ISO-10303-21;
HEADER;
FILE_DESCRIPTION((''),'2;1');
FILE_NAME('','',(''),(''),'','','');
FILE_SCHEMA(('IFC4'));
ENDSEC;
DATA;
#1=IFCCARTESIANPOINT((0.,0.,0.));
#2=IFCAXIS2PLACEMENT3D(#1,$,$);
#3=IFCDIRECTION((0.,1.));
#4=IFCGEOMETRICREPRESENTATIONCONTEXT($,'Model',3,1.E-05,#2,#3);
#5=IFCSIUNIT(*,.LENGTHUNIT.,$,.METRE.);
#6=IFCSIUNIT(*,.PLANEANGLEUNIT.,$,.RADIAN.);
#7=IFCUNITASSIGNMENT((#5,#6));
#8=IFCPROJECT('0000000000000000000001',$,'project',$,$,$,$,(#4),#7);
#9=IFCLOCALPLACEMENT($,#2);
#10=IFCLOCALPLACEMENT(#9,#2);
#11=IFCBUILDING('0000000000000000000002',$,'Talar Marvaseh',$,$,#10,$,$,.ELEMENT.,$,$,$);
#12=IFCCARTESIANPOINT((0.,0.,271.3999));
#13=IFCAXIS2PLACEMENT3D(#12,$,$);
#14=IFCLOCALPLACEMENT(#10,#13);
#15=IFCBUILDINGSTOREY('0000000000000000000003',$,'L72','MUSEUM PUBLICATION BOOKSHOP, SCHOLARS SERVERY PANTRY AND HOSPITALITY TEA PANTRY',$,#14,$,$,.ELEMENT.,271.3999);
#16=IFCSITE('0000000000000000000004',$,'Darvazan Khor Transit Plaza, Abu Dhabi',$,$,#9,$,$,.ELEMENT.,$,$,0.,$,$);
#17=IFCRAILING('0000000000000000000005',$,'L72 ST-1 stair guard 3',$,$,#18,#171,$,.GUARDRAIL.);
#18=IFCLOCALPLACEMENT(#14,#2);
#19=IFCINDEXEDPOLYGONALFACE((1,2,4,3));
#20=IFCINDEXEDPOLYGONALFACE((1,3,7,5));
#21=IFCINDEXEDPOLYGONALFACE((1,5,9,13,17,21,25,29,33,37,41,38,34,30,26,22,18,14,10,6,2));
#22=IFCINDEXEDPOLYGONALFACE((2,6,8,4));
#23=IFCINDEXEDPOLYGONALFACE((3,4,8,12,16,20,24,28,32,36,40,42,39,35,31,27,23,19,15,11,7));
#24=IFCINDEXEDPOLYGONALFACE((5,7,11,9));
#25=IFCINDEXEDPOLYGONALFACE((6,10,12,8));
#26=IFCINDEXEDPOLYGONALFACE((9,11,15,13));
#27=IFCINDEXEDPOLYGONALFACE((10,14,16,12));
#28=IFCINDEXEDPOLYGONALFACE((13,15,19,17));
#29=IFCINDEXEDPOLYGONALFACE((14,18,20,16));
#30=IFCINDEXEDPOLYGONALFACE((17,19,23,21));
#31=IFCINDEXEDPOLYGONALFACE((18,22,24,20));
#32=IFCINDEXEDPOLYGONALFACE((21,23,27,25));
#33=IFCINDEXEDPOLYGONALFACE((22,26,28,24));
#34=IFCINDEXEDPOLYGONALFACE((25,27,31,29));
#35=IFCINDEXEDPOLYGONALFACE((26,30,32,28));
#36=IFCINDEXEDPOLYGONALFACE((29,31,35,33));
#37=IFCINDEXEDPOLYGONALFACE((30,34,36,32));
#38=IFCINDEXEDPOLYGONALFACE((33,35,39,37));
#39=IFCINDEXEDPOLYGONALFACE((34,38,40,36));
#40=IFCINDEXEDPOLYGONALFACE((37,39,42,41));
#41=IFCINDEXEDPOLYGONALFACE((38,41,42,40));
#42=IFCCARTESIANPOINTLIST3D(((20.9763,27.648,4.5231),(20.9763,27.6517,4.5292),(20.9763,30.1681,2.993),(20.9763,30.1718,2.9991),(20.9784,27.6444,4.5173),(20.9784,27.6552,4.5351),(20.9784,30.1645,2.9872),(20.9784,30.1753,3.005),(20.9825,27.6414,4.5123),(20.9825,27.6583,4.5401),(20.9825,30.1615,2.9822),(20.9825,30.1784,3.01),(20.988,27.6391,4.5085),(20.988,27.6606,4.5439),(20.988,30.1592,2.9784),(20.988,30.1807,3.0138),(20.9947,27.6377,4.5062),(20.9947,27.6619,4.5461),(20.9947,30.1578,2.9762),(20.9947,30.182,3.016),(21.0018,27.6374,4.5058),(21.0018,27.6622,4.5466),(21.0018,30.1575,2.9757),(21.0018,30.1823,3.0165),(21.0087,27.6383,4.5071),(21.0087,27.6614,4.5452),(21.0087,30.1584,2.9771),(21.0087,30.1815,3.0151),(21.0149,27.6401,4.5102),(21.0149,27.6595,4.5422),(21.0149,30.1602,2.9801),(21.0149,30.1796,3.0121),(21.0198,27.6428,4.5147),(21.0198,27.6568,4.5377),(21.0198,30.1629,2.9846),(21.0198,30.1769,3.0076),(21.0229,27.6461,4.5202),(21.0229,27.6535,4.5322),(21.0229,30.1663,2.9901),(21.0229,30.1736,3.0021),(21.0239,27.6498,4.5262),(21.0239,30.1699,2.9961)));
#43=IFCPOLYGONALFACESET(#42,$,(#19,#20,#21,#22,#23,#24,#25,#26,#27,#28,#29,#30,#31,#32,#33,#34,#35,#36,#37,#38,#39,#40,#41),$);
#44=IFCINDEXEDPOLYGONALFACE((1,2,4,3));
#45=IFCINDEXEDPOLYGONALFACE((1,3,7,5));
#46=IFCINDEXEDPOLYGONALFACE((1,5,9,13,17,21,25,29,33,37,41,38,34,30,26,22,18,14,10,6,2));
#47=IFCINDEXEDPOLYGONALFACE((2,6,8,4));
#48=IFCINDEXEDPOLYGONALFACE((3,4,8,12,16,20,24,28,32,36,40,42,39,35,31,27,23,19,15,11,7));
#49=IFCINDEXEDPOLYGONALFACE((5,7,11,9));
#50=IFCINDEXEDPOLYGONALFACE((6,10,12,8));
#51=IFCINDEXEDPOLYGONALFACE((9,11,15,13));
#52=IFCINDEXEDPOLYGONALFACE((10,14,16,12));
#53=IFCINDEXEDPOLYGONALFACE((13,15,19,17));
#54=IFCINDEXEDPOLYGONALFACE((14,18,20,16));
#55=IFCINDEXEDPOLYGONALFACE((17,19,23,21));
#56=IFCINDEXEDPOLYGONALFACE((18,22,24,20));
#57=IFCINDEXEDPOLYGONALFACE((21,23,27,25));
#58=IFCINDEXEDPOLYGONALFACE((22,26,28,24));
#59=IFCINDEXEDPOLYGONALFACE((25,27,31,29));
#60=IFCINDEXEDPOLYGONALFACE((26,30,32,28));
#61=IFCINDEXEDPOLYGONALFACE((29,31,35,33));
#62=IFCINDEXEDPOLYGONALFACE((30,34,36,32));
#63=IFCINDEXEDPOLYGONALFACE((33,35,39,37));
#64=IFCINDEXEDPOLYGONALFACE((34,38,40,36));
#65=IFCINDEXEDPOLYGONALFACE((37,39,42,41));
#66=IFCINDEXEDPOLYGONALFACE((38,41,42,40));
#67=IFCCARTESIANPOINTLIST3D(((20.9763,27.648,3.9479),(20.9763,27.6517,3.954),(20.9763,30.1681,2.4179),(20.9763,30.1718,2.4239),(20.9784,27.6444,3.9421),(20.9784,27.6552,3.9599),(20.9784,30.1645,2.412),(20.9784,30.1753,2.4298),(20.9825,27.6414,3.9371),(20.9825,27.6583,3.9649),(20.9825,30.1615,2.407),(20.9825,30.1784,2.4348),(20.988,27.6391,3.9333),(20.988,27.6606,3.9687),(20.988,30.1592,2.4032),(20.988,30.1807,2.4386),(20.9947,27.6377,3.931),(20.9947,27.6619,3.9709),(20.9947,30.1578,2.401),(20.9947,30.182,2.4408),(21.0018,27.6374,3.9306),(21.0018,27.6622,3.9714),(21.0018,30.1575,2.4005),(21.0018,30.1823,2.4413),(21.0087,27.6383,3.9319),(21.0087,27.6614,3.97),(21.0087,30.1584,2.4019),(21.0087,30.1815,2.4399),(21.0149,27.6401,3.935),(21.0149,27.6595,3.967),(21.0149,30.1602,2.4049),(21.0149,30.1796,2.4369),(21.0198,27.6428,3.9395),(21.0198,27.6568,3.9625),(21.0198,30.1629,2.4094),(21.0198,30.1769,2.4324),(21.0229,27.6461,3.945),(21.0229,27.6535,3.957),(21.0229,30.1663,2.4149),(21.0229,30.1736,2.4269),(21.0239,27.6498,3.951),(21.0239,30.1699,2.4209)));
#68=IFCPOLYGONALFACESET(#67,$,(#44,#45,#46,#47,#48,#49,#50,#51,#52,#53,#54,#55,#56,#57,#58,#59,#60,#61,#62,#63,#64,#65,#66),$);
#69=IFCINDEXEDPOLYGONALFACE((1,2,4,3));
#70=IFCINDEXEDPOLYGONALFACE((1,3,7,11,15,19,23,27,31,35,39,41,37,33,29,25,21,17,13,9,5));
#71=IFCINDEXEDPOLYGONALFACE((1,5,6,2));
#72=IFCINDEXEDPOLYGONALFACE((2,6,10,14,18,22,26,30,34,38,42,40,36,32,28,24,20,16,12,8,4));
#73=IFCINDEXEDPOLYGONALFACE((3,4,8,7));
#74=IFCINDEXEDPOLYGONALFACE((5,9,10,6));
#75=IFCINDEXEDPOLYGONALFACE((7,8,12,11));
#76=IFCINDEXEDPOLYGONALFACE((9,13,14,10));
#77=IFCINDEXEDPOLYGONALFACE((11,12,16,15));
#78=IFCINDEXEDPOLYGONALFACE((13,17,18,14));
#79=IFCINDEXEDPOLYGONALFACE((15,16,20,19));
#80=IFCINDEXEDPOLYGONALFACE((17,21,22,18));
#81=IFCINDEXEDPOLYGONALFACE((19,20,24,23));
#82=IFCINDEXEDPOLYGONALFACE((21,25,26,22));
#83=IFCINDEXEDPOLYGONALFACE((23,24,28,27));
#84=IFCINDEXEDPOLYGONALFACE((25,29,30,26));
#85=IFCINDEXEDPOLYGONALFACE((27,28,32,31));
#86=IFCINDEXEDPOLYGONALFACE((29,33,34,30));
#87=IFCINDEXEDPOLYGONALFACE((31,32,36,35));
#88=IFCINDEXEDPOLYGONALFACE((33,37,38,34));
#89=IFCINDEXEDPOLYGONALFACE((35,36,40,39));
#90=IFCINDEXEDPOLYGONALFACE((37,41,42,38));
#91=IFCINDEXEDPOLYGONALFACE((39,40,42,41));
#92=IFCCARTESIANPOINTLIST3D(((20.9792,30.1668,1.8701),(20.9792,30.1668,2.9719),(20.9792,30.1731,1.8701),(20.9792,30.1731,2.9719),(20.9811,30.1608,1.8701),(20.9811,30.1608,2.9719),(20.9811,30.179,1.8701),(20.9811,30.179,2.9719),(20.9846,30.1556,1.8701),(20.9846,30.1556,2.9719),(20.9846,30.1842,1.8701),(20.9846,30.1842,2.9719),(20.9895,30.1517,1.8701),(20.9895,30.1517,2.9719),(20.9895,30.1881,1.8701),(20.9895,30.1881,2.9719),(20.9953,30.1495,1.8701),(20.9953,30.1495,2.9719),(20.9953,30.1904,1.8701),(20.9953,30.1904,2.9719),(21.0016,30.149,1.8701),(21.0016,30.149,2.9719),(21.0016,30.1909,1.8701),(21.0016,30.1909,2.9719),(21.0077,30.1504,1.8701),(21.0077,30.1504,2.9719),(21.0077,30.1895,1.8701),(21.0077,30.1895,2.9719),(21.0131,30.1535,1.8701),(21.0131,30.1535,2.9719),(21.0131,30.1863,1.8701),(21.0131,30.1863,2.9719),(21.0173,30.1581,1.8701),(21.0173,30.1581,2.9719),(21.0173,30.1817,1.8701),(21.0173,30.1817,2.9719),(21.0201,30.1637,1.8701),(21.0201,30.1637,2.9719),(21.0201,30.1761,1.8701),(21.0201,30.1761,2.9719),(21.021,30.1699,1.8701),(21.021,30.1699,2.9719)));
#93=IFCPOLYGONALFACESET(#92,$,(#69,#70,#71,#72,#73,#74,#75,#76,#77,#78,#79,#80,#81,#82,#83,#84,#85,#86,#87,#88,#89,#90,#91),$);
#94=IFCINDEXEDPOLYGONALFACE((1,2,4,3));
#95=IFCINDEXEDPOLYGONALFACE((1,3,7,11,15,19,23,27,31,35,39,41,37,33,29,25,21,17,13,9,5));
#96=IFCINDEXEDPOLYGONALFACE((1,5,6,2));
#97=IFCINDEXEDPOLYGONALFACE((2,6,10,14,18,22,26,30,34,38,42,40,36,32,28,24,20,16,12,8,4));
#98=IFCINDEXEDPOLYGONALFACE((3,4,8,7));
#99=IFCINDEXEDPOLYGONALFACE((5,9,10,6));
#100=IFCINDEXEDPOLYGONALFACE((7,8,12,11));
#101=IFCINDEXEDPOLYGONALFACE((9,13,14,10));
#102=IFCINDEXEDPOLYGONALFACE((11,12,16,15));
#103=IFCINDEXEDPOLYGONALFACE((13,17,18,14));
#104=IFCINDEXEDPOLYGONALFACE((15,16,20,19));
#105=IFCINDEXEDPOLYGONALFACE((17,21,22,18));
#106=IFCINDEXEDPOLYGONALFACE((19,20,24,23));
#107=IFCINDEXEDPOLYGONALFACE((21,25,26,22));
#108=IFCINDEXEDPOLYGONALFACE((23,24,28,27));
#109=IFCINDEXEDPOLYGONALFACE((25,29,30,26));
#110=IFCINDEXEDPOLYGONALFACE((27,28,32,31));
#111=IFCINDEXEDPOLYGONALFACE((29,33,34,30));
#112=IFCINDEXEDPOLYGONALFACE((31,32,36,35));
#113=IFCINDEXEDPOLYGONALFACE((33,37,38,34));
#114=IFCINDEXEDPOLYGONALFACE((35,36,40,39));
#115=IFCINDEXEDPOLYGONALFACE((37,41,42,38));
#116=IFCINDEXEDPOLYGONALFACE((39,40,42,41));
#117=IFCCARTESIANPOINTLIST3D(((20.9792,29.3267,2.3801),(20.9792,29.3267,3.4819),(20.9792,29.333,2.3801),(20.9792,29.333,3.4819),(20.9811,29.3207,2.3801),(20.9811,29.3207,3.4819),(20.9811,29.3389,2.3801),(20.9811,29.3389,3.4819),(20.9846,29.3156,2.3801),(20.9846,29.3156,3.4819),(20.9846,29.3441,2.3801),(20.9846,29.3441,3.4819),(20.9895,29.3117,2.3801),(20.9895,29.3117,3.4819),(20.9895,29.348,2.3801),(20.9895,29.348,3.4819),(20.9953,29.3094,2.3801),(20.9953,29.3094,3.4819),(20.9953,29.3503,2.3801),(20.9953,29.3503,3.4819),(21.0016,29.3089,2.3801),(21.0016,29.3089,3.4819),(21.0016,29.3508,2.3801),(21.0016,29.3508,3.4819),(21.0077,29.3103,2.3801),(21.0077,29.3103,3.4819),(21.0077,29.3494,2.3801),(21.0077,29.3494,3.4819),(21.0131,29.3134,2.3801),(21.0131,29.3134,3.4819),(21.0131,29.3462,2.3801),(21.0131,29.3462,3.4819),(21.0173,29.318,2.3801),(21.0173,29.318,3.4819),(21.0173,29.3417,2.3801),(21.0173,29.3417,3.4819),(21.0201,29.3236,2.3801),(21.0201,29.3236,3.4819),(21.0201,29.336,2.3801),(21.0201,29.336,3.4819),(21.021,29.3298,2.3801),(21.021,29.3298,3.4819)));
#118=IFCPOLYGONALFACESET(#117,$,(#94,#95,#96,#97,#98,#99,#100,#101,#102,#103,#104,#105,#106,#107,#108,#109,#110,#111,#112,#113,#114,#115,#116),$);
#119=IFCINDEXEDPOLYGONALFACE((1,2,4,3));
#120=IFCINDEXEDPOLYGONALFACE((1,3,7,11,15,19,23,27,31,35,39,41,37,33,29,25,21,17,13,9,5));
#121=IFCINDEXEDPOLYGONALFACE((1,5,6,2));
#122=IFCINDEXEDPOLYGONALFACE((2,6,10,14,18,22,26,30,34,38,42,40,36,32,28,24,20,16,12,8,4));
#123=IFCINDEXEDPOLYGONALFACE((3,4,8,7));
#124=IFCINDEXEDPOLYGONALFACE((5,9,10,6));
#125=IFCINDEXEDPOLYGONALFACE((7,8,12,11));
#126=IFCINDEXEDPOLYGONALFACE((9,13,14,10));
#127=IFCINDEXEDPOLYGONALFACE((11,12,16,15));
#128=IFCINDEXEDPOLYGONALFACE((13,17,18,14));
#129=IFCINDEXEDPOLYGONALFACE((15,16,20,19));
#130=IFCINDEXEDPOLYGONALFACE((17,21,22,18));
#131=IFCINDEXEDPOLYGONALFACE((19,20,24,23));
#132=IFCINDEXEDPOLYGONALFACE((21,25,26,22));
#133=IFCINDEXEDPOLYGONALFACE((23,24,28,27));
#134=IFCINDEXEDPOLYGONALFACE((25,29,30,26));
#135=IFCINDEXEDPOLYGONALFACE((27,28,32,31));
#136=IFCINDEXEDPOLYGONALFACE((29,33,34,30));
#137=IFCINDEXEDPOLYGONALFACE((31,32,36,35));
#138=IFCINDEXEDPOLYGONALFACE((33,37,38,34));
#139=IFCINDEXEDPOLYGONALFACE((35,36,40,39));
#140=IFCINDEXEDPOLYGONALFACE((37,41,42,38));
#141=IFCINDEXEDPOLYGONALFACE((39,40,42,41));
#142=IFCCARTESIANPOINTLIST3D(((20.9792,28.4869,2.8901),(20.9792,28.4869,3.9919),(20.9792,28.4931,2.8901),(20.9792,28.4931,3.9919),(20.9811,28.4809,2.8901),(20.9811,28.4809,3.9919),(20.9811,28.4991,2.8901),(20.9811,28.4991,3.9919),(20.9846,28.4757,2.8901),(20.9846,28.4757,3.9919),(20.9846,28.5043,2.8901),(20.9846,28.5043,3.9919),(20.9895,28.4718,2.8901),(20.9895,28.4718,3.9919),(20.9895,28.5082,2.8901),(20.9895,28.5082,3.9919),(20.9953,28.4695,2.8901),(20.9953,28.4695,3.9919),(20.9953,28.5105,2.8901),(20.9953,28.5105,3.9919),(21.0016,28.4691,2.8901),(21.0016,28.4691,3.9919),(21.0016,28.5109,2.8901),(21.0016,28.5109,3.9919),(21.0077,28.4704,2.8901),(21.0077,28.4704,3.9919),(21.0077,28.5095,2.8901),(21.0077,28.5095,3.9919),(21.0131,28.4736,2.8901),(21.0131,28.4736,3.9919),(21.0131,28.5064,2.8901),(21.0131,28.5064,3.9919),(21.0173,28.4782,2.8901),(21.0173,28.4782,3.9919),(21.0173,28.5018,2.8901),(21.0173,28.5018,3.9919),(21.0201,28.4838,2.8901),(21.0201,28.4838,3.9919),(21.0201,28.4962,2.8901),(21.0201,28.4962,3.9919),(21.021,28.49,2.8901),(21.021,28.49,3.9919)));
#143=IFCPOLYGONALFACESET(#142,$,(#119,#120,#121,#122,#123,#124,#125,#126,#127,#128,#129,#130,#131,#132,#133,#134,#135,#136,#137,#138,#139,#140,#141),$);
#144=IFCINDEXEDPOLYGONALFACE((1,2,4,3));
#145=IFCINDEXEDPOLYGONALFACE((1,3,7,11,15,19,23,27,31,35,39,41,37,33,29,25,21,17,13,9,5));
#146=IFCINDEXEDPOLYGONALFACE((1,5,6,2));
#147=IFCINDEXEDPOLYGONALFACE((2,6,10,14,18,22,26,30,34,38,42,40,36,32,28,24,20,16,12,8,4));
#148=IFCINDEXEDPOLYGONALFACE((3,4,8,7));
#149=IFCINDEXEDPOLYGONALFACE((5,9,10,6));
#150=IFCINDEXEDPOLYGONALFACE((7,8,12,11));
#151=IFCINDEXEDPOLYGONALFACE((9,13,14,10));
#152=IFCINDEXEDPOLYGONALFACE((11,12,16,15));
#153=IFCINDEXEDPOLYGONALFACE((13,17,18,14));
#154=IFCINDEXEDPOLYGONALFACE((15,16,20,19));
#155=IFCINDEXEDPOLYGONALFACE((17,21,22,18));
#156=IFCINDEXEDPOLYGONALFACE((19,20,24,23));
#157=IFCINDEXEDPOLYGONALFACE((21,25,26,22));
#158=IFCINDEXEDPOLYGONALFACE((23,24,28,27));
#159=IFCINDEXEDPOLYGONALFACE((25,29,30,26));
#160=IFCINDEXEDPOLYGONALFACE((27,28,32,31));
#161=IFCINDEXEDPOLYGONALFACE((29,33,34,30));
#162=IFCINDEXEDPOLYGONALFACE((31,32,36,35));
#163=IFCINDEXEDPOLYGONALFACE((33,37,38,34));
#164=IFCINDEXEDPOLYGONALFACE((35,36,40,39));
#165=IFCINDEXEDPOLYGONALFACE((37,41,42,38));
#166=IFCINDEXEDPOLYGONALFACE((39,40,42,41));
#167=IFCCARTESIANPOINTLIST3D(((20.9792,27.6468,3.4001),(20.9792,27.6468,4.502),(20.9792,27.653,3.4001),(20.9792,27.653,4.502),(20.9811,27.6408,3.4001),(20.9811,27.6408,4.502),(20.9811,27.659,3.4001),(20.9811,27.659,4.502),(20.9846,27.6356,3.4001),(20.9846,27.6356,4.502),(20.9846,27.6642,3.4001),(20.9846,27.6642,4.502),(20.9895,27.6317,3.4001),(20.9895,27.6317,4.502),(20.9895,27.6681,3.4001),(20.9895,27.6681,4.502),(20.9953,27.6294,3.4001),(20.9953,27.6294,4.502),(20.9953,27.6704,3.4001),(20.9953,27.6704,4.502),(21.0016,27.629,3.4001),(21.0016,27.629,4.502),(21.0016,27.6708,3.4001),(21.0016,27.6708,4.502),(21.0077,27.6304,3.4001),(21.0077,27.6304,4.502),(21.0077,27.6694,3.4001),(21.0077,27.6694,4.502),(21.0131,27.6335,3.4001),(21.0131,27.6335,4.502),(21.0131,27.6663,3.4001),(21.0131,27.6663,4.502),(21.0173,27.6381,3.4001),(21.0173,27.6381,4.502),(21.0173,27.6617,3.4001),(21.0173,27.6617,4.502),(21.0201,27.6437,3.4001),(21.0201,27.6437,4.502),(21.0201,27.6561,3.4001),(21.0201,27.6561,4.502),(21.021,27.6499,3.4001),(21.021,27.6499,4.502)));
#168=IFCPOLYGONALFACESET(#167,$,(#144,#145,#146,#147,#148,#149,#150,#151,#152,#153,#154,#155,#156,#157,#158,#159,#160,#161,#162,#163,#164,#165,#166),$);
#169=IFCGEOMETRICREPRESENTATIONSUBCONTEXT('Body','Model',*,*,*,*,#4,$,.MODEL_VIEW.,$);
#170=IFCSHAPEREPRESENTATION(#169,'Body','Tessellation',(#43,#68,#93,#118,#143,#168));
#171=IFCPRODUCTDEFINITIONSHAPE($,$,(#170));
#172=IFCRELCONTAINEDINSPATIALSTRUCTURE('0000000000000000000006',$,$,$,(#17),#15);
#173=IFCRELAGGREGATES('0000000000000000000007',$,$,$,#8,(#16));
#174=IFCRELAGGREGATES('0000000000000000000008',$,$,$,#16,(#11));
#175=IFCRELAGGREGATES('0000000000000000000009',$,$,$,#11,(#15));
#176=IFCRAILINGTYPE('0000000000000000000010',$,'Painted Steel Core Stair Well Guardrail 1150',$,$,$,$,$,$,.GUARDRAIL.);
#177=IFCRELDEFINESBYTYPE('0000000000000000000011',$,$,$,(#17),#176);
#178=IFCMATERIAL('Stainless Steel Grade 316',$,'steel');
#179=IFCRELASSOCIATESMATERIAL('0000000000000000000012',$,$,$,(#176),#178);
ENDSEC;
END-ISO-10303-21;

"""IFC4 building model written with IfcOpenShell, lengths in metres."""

from ifc_helpers import new_model, si_unit, direction, frame, origin, origin_2d, place, context, subcontext, project, spatial, circle, extrude, material, type_object, element, save


model = new_model("IFC4")

# Units and contexts
model_context = context("Model", 3, precision=1e-05, world=origin(), true_north=direction((0.0, 1.0)))
body_context = subcontext(model_context, "Body", "Model", "MODEL_VIEW")
ifc_project = project(units=[si_unit("LENGTHUNIT", "METRE"), si_unit("PLANEANGLEUNIT", "RADIAN")], contexts=[model_context])

# Site, building, storey
site_placement = place(None, origin())
site = spatial("IfcSite", under=ifc_project, at=site_placement, Name="Darvazan Khor Transit Plaza, Abu Dhabi", CompositionType="ELEMENT", RefElevation=0.0)
building_placement = place(site_placement, origin())
building = spatial("IfcBuilding", under=site, at=building_placement, Name="Talar Marvaseh", CompositionType="ELEMENT")
storey_placement = place(building_placement, frame((0.0, 0.0, 271.3999)))
storey = spatial("IfcBuildingStorey", under=building, at=storey_placement, Name="L72", Description="MUSEUM PUBLICATION BOOKSHOP, SCHOLARS SERVERY PANTRY AND HOSPITALITY TEA PANTRY", CompositionType="ELEMENT", Elevation=271.3999)

# Railing
ifc_material_1 = material(Name="Stainless Steel Grade 316", Category="steel")
railing_type_1 = type_object("IfcRailingType", Name="Painted Steel Core Stair Well Guardrail 1150", PredefinedType="GUARDRAIL", material=ifc_material_1)
railing_1_placement = place(storey_placement, frame((21.0, 30.1699, 1.8701)))
element("IfcRailing", 1, at=railing_1_placement, inside=storey, type_object=railing_type_1, Name="L72 ST-1 stair guard 3", PredefinedType="GUARDRAIL", context=body_context, shape_type="SweptSolid", body=[
    extrude(circle(Radius=0.0239, at=origin_2d()), frame((0.0, 0.0, 1.126), z_axis=(0.0, -0.854785, 0.518982), x_axis=(1.0, 0.0, 0.0)), (0.0, 0.0, 1.0), 2.9482),
    extrude(circle(Radius=0.0239, at=origin_2d()), frame((0.0, 0.0, 0.5508), z_axis=(0.0, -0.854785, 0.518982), x_axis=(1.0, 0.0, 0.0)), (0.0, 0.0, 1.0), 2.9482),
    extrude(circle(Radius=0.021, at=origin_2d()), origin(), (0.0, 0.0, 1.0), 1.1018),
    extrude(circle(Radius=0.021, at=origin_2d()), frame((0.0, -0.8401, 0.51)), (0.0, 0.0, 1.0), 1.1018),
    extrude(circle(Radius=0.021, at=origin_2d()), frame((0.0, -1.6799, 1.02)), (0.0, 0.0, 1.0), 1.1018),
    extrude(circle(Radius=0.021, at=origin_2d()), frame((0.0, -2.52, 1.53)), (0.0, 0.0, 1.0), 1.1018),
])

save(model, "model.ifc")
